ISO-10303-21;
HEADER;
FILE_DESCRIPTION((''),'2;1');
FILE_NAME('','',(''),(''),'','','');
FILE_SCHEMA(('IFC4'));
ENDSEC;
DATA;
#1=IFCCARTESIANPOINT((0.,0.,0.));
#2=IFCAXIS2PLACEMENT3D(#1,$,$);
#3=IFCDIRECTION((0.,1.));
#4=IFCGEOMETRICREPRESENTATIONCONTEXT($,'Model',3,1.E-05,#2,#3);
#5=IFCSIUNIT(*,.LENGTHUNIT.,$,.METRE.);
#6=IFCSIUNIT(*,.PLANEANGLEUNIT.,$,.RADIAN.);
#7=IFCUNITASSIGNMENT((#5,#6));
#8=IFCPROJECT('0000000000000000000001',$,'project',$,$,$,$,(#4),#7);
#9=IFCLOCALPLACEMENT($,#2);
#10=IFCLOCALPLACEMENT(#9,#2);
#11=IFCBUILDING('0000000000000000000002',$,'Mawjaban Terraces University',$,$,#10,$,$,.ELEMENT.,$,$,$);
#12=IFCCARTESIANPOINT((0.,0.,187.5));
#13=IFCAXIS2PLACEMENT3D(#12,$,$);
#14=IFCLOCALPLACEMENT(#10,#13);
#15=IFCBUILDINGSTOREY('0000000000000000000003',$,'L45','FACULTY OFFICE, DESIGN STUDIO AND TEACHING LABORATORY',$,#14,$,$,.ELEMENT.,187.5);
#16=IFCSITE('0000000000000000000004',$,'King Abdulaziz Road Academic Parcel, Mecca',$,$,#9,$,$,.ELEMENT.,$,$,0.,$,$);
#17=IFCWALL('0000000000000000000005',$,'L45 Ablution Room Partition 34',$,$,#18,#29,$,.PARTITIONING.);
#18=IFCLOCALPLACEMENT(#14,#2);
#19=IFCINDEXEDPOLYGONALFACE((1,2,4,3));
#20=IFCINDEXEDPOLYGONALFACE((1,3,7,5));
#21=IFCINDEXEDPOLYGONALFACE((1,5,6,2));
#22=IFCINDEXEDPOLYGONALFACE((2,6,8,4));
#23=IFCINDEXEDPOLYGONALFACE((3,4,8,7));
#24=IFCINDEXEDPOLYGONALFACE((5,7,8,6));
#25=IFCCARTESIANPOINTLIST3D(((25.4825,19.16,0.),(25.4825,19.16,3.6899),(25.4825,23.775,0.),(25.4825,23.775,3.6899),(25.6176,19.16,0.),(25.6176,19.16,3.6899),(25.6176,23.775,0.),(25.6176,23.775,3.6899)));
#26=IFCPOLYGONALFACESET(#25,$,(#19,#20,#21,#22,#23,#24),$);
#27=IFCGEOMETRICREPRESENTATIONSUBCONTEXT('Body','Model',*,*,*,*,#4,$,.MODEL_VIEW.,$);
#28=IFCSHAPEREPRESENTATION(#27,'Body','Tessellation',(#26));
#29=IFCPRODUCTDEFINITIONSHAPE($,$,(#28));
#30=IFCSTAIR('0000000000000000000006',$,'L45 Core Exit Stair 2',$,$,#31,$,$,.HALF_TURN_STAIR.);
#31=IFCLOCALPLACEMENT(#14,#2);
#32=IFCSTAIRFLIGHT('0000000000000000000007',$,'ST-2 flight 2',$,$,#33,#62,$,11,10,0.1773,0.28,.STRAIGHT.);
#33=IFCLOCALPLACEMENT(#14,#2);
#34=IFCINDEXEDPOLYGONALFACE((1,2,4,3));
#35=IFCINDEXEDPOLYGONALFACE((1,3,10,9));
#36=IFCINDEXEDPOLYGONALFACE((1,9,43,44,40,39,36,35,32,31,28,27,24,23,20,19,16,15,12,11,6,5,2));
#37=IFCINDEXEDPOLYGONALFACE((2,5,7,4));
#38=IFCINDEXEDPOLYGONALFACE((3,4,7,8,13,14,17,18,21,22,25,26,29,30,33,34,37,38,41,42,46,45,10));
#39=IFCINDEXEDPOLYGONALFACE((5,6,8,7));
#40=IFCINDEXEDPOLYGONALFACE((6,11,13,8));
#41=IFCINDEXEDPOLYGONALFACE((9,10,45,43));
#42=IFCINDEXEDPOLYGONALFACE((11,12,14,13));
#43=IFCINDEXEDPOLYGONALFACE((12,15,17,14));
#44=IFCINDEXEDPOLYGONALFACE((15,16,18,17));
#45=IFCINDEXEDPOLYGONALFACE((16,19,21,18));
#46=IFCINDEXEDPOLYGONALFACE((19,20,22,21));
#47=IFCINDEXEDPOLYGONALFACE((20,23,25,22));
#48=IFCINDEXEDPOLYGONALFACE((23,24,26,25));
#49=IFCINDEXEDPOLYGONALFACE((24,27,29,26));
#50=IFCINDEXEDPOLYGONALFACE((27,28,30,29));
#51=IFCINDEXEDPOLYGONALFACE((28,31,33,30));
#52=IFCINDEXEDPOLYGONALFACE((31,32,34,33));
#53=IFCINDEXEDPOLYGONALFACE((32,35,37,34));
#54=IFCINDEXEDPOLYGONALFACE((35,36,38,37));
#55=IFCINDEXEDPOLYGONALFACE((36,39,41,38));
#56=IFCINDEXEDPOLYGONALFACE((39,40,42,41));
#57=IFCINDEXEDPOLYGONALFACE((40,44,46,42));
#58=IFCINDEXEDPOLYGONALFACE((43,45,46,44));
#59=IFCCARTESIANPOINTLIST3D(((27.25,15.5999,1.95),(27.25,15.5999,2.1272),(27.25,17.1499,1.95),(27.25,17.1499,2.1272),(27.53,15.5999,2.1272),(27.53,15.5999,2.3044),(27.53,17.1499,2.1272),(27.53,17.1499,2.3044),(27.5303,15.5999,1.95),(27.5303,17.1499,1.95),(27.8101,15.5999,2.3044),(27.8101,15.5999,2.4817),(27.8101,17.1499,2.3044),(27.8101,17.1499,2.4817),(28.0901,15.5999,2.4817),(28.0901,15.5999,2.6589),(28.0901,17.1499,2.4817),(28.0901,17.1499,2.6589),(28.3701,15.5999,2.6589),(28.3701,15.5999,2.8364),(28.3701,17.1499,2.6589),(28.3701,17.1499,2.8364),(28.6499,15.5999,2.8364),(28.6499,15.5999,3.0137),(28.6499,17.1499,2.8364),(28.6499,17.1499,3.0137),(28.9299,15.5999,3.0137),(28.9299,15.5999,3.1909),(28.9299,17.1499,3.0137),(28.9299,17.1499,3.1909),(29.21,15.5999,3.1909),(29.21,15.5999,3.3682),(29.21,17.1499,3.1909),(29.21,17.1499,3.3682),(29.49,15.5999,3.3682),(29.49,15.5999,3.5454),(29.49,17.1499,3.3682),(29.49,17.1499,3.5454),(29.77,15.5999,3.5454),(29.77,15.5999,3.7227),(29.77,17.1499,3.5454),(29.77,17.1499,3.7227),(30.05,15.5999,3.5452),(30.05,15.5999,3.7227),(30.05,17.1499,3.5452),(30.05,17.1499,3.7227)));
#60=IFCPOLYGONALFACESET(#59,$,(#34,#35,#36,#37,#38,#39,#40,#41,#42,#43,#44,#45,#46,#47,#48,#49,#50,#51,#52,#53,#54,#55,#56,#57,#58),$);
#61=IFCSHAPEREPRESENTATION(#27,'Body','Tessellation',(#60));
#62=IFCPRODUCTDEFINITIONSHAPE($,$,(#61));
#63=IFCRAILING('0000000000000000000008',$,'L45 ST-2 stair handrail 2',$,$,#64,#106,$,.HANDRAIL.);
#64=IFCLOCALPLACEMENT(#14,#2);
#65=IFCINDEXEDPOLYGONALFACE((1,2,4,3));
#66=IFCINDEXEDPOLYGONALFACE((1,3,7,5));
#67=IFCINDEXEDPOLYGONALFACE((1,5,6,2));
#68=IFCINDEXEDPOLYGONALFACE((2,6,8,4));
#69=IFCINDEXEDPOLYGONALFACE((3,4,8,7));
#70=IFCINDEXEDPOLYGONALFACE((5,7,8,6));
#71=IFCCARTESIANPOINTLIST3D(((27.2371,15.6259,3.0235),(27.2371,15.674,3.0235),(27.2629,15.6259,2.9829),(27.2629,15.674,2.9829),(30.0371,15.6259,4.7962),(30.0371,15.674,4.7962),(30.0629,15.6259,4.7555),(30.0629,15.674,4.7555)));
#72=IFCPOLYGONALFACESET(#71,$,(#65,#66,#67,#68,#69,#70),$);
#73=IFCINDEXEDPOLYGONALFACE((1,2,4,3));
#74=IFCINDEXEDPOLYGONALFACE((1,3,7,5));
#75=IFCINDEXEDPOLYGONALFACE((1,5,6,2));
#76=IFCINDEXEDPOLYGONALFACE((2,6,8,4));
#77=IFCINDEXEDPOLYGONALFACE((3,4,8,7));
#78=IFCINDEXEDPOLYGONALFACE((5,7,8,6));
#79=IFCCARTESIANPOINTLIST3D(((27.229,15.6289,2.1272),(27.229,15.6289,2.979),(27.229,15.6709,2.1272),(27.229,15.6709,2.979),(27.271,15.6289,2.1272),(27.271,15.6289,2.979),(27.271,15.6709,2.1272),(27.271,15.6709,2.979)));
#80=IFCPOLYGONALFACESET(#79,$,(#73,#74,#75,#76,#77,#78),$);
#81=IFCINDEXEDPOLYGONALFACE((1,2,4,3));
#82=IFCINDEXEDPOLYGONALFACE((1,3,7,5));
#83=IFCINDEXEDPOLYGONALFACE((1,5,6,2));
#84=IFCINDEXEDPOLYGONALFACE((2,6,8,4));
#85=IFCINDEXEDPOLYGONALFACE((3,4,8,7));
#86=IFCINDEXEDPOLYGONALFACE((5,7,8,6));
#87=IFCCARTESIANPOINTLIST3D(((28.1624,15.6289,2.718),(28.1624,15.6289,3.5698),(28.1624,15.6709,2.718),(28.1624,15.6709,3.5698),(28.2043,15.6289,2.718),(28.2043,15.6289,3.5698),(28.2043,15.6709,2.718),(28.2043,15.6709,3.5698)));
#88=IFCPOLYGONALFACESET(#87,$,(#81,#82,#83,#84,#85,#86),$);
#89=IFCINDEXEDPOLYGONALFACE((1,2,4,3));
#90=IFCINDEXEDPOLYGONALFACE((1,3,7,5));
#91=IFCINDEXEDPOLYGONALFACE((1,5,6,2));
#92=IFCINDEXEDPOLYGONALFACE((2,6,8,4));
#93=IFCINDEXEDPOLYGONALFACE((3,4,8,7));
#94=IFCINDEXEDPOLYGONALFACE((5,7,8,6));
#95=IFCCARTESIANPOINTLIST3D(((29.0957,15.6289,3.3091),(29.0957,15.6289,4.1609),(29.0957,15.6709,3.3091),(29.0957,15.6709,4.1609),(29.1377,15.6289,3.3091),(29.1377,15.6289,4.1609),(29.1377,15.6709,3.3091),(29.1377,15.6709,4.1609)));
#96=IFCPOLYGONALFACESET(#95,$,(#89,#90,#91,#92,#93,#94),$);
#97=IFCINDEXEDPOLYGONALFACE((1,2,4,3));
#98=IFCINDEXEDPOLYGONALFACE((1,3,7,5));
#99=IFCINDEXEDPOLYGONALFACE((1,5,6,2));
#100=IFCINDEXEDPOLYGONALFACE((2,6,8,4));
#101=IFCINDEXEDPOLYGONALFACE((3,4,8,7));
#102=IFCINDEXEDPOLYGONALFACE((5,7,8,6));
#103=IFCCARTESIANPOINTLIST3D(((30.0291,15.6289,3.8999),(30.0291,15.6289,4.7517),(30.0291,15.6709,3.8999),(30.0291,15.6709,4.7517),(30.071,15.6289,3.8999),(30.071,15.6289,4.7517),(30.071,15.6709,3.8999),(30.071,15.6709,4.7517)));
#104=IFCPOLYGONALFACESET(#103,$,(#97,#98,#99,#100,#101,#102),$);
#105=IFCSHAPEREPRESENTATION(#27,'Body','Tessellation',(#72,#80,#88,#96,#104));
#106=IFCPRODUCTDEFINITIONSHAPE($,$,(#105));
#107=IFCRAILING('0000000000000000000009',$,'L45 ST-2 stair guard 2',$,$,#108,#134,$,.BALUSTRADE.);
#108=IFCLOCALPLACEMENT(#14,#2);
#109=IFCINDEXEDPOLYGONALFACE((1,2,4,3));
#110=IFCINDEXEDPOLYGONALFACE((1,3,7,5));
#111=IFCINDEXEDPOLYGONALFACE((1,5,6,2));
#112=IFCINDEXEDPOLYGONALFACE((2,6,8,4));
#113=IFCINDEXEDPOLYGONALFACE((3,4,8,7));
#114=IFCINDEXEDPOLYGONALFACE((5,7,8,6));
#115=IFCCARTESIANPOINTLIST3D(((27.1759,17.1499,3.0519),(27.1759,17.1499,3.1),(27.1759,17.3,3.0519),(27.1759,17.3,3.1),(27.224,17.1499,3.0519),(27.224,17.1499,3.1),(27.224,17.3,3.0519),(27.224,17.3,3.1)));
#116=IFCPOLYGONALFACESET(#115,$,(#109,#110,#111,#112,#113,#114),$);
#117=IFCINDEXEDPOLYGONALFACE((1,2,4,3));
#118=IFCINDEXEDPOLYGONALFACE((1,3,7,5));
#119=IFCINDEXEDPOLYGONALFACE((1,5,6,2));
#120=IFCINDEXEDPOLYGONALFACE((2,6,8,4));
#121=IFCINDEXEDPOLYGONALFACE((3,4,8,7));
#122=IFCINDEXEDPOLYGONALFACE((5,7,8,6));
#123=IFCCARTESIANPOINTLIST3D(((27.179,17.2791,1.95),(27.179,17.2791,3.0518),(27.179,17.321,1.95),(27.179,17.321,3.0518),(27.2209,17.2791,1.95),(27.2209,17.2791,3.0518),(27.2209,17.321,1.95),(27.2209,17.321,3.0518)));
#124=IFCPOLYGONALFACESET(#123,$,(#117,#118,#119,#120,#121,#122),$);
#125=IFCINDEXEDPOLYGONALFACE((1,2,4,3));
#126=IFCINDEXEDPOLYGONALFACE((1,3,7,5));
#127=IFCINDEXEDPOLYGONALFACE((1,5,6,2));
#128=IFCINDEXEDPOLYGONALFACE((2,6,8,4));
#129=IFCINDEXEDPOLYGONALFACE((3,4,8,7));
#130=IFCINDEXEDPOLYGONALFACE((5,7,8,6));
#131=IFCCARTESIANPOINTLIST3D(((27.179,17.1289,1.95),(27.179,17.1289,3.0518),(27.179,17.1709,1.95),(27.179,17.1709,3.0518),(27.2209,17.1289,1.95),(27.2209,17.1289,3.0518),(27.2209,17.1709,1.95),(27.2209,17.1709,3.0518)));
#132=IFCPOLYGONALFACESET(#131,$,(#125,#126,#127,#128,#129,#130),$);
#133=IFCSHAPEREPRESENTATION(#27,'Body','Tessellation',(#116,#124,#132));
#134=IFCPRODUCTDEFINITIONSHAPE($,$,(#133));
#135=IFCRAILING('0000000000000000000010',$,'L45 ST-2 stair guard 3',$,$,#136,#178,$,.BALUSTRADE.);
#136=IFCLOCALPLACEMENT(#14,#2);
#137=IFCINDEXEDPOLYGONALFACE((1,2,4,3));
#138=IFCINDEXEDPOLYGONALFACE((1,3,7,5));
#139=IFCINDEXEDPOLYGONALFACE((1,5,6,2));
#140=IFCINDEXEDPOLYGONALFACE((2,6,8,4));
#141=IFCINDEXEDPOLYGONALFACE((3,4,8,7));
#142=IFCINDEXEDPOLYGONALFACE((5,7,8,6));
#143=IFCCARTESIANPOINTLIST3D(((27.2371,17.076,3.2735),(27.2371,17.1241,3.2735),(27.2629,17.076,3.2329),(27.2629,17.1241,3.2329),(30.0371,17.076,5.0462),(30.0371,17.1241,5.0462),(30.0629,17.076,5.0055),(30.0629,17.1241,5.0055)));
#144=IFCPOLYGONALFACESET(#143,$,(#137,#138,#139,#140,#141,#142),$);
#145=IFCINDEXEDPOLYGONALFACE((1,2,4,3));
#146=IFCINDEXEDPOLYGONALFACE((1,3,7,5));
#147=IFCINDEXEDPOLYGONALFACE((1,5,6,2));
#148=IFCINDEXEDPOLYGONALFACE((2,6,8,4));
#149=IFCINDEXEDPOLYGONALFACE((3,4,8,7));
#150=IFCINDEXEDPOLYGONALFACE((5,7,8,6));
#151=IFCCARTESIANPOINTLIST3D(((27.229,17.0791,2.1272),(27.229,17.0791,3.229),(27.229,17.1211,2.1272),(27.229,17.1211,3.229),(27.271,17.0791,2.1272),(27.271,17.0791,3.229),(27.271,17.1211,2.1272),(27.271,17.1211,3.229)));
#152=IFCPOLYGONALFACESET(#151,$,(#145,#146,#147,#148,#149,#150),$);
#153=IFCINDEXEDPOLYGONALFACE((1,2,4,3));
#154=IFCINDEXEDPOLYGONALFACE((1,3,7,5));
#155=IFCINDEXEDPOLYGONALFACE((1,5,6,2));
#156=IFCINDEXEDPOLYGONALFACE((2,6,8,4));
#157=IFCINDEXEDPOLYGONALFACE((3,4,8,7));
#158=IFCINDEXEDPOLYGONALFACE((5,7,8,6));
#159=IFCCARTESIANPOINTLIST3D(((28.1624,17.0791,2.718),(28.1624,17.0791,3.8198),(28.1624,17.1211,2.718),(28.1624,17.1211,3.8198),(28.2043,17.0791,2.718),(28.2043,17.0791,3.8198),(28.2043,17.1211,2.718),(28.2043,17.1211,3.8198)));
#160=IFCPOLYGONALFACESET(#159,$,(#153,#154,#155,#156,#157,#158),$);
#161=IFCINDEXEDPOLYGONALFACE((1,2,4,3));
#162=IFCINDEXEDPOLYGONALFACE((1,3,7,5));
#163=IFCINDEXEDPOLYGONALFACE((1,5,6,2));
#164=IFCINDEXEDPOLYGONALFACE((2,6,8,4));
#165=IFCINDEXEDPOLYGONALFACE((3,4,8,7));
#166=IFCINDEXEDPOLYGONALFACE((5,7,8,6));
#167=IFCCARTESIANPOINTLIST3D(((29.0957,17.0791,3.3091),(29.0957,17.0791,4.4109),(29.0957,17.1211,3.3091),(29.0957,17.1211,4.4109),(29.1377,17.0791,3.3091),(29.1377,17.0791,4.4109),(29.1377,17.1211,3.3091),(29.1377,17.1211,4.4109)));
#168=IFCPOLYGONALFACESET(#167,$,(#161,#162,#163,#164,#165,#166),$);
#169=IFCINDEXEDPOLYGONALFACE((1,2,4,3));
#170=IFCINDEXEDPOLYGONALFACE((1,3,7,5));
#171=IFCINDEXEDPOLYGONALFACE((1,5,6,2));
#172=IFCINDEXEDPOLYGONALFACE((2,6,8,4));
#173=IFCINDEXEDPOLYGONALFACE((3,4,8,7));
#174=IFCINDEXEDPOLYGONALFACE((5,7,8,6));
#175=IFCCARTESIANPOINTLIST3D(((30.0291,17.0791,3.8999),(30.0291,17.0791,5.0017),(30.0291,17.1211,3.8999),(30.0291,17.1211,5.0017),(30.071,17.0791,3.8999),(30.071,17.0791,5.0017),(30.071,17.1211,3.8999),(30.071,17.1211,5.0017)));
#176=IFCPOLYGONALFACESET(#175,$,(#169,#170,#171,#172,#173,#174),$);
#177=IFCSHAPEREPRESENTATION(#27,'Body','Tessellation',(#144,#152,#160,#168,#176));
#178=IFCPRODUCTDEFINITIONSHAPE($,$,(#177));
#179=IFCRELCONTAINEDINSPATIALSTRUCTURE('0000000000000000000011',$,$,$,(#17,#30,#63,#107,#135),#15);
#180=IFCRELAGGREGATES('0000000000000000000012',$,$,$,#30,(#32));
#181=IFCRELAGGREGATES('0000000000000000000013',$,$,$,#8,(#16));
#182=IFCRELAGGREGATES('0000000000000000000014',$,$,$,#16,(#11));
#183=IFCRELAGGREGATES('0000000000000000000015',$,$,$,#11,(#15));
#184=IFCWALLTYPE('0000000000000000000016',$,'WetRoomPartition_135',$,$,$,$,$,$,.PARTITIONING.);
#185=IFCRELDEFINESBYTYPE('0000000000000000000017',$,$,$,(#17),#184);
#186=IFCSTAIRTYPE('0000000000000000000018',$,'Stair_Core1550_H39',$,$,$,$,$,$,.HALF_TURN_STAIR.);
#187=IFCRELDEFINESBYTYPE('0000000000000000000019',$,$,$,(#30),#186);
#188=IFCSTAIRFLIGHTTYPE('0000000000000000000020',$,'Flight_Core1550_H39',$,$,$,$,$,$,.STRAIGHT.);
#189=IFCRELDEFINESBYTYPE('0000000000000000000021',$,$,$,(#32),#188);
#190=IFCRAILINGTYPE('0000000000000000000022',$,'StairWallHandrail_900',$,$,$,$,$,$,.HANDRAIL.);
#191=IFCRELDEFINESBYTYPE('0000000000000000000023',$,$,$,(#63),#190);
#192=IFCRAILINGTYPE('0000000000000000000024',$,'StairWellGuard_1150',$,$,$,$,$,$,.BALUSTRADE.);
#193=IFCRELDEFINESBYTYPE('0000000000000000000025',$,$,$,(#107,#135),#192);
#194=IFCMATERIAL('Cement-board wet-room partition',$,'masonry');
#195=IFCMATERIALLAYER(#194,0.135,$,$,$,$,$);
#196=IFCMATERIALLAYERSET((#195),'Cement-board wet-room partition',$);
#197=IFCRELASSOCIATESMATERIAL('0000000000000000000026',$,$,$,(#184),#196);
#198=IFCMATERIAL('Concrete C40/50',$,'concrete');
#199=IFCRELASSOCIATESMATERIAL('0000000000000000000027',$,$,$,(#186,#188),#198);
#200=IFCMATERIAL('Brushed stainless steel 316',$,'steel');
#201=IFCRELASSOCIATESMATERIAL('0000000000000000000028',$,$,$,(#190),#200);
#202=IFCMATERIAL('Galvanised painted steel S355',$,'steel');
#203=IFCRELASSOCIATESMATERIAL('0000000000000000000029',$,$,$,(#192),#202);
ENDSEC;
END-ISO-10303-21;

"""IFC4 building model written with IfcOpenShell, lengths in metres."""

from ifc_helpers import new_model, si_unit, direction, frame, frame_2d, origin, origin_2d, place, context, subcontext, project, spatial, polyline, rectangle, outline, extrude, material, layer, layer_set, type_object, element, aggregate, save


model = new_model("IFC4")

# Units and contexts
model_context = context("Model", 3, precision=1e-05, world=origin(), true_north=direction((0.0, 1.0)))
body_context = subcontext(model_context, "Body", "Model", "MODEL_VIEW")
ifc_project = project(units=[si_unit("LENGTHUNIT", "METRE"), si_unit("PLANEANGLEUNIT", "RADIAN")], contexts=[model_context])

# Site, building, storey
site_placement = place(None, origin())
site = spatial("IfcSite", under=ifc_project, at=site_placement, Name="King Abdulaziz Road Academic Parcel, Mecca", CompositionType="ELEMENT", RefElevation=0.0)
building_placement = place(site_placement, origin())
building = spatial("IfcBuilding", under=site, at=building_placement, Name="Mawjaban Terraces University", CompositionType="ELEMENT")
storey_placement = place(building_placement, frame((0.0, 0.0, 187.5)))
storey = spatial("IfcBuildingStorey", under=building, at=storey_placement, Name="L45", Description="FACULTY OFFICE, DESIGN STUDIO AND TEACHING LABORATORY", CompositionType="ELEMENT", Elevation=187.5)

# Shared definitions
ifc_material_1 = material(Name="Concrete C40/50", Category="concrete")

# Wall
ifc_material_2 = material(Name="Cement-board wet-room partition", Category="masonry")
ifc_layer_1 = layer(ifc_material_2, 0.135)
ifc_layer_set_1 = layer_set([ifc_layer_1], Name="Cement-board wet-room partition")
wall_type_1 = type_object("IfcWallType", Name="WetRoomPartition_135", PredefinedType="PARTITIONING", material=ifc_layer_set_1)
wall_1_placement = place(storey_placement, frame((25.55, 19.1599, 0.0), z_axis=(0.0, 0.0, 1.0), x_axis=(0.0, 1.0, 0.0)))
element("IfcWall", 1, at=wall_1_placement, inside=storey, type_object=wall_type_1, Name="L45 Ablution Room Partition 34", PredefinedType="PARTITIONING", context=body_context, shape_type="SweptSolid", body=[
    extrude(rectangle(XDim=4.615, YDim=0.135, at=frame_2d((2.3076, 0.0))), origin(), (0.0, 0.0, 1.0), 3.6899),
])

# Stair, stair flight
stair_type = type_object("IfcStairType", Name="Stair_Core1550_H39", PredefinedType="HALF_TURN_STAIR", material=ifc_material_1)
stair_placement = place(storey_placement, origin())
stair = element("IfcStair", 2, at=stair_placement, inside=storey, type_object=stair_type, Name="L45 Core Exit Stair 2", PredefinedType="HALF_TURN_STAIR")
stair_flight_type = type_object("IfcStairFlightType", Name="Flight_Core1550_H39", PredefinedType="STRAIGHT", material=ifc_material_1)
stair_flight_placement = place(storey_placement, frame((27.25, 16.375, 1.95), z_axis=(0.0, 0.0, 1.0), x_axis=(1.0, 0.0, 0.0)))
stair_flight = element("IfcStairFlight", 3, at=stair_flight_placement, type_object=stair_flight_type, Name="ST-2 flight 2", NumberOfRisers=11, NumberOfTreads=10, PredefinedType="STRAIGHT", RiserHeight=0.1773, TreadLength=0.28, context=body_context, shape_type="SweptSolid", body=[
    extrude(outline(polyline([(0.0, 0.0), (0.0, 0.1772), (0.28, 0.1772), (0.28, 0.3545), (0.5601, 0.3545), (0.5601, 0.5317), (0.8401, 0.5317), (0.8401, 0.709), (1.1201, 0.709), (1.1201, 0.8865), (1.3999, 0.8865), (1.3999, 1.0637), (1.6799, 1.0637), (1.6799, 1.241), (1.96, 1.241), (1.96, 1.4182), (2.24, 1.4182), (2.24, 1.5955), (2.52, 1.5955), (2.52, 1.7727), (2.8, 1.7727), (2.8, 1.95), (2.8, 1.5952), (0.2803, 0.0), (0.0, 0.0)])), frame((0.0, 0.7749, 0.0), z_axis=(0.0, -1.0, 0.0), x_axis=(1.0, 0.0, 0.0)), (0.0, 0.0, 1.0), 1.55),
])
aggregate(stair, [stair_flight])

# Railings
ifc_material_3 = material(Name="Brushed stainless steel 316", Category="steel")
railing_type_1 = type_object("IfcRailingType", Name="StairWallHandrail_900", PredefinedType="HANDRAIL", material=ifc_material_3)
railing_1_placement = place(storey_placement, frame((27.25, 15.6499, 2.1272)))
element("IfcRailing", 4, at=railing_1_placement, inside=storey, type_object=railing_type_1, Name="L45 ST-2 stair handrail 2", PredefinedType="HANDRAIL", context=body_context, shape_type="SweptSolid", body=[
    extrude(rectangle(XDim=0.0481, YDim=0.0481, at=origin_2d()), frame((0.0, 0.0, 0.876), z_axis=(0.844909, 0.0, 0.53491), x_axis=(0.0, 1.0, 0.0)), (0.0, 0.0, 1.0), 3.314),
    extrude(rectangle(XDim=0.042, YDim=0.042, at=origin_2d()), origin(), (0.0, 0.0, 1.0), 0.8518),
    extrude(rectangle(XDim=0.042, YDim=0.042, at=origin_2d()), frame((0.9333, 0.0, 0.5908)), (0.0, 0.0, 1.0), 0.8518),
    extrude(rectangle(XDim=0.042, YDim=0.042, at=origin_2d()), frame((1.8667, 0.0, 1.1819)), (0.0, 0.0, 1.0), 0.8518),
    extrude(rectangle(XDim=0.042, YDim=0.042, at=origin_2d()), frame((2.8, 0.0, 1.7727)), (0.0, 0.0, 1.0), 0.8518),
])
ifc_material_4 = material(Name="Galvanised painted steel S355", Category="steel")
railing_type_2 = type_object("IfcRailingType", Name="StairWellGuard_1150", PredefinedType="BALUSTRADE", material=ifc_material_4)
railing_2_placement = place(storey_placement, frame((27.2, 17.3, 1.95)))
element("IfcRailing", 5, at=railing_2_placement, inside=storey, type_object=railing_type_2, Name="L45 ST-2 stair guard 2", PredefinedType="BALUSTRADE", context=body_context, shape_type="SweptSolid", body=[
    extrude(rectangle(XDim=0.0481, YDim=0.0481, at=origin_2d()), frame((0.0, 0.0, 1.126), z_axis=(0.0, -1.0, 0.0), x_axis=(1.0, 0.0, 0.0)), (0.0, 0.0, 1.0), 0.1501),
    extrude(rectangle(XDim=0.042, YDim=0.042, at=origin_2d()), origin(), (0.0, 0.0, 1.0), 1.1018),
    extrude(rectangle(XDim=0.042, YDim=0.042, at=origin_2d()), frame((0.0, -0.1501, 0.0)), (0.0, 0.0, 1.0), 1.1018),
])
railing_3_placement = place(storey_placement, frame((27.25, 17.1001, 2.1272)))
element("IfcRailing", 6, at=railing_3_placement, inside=storey, type_object=railing_type_2, Name="L45 ST-2 stair guard 3", PredefinedType="BALUSTRADE", context=body_context, shape_type="SweptSolid", body=[
    extrude(rectangle(XDim=0.0481, YDim=0.0481, at=origin_2d()), frame((0.0, 0.0, 1.126), z_axis=(0.844909, 0.0, 0.53491), x_axis=(0.0, 1.0, 0.0)), (0.0, 0.0, 1.0), 3.314),
    extrude(rectangle(XDim=0.042, YDim=0.042, at=origin_2d()), origin(), (0.0, 0.0, 1.0), 1.1018),
    extrude(rectangle(XDim=0.042, YDim=0.042, at=origin_2d()), frame((0.9333, 0.0, 0.5908)), (0.0, 0.0, 1.0), 1.1018),
    extrude(rectangle(XDim=0.042, YDim=0.042, at=origin_2d()), frame((1.8667, 0.0, 1.1819)), (0.0, 0.0, 1.0), 1.1018),
    extrude(rectangle(XDim=0.042, YDim=0.042, at=origin_2d()), frame((2.8, 0.0, 1.7727)), (0.0, 0.0, 1.0), 1.1018),
])

save(model, "model.ifc")
